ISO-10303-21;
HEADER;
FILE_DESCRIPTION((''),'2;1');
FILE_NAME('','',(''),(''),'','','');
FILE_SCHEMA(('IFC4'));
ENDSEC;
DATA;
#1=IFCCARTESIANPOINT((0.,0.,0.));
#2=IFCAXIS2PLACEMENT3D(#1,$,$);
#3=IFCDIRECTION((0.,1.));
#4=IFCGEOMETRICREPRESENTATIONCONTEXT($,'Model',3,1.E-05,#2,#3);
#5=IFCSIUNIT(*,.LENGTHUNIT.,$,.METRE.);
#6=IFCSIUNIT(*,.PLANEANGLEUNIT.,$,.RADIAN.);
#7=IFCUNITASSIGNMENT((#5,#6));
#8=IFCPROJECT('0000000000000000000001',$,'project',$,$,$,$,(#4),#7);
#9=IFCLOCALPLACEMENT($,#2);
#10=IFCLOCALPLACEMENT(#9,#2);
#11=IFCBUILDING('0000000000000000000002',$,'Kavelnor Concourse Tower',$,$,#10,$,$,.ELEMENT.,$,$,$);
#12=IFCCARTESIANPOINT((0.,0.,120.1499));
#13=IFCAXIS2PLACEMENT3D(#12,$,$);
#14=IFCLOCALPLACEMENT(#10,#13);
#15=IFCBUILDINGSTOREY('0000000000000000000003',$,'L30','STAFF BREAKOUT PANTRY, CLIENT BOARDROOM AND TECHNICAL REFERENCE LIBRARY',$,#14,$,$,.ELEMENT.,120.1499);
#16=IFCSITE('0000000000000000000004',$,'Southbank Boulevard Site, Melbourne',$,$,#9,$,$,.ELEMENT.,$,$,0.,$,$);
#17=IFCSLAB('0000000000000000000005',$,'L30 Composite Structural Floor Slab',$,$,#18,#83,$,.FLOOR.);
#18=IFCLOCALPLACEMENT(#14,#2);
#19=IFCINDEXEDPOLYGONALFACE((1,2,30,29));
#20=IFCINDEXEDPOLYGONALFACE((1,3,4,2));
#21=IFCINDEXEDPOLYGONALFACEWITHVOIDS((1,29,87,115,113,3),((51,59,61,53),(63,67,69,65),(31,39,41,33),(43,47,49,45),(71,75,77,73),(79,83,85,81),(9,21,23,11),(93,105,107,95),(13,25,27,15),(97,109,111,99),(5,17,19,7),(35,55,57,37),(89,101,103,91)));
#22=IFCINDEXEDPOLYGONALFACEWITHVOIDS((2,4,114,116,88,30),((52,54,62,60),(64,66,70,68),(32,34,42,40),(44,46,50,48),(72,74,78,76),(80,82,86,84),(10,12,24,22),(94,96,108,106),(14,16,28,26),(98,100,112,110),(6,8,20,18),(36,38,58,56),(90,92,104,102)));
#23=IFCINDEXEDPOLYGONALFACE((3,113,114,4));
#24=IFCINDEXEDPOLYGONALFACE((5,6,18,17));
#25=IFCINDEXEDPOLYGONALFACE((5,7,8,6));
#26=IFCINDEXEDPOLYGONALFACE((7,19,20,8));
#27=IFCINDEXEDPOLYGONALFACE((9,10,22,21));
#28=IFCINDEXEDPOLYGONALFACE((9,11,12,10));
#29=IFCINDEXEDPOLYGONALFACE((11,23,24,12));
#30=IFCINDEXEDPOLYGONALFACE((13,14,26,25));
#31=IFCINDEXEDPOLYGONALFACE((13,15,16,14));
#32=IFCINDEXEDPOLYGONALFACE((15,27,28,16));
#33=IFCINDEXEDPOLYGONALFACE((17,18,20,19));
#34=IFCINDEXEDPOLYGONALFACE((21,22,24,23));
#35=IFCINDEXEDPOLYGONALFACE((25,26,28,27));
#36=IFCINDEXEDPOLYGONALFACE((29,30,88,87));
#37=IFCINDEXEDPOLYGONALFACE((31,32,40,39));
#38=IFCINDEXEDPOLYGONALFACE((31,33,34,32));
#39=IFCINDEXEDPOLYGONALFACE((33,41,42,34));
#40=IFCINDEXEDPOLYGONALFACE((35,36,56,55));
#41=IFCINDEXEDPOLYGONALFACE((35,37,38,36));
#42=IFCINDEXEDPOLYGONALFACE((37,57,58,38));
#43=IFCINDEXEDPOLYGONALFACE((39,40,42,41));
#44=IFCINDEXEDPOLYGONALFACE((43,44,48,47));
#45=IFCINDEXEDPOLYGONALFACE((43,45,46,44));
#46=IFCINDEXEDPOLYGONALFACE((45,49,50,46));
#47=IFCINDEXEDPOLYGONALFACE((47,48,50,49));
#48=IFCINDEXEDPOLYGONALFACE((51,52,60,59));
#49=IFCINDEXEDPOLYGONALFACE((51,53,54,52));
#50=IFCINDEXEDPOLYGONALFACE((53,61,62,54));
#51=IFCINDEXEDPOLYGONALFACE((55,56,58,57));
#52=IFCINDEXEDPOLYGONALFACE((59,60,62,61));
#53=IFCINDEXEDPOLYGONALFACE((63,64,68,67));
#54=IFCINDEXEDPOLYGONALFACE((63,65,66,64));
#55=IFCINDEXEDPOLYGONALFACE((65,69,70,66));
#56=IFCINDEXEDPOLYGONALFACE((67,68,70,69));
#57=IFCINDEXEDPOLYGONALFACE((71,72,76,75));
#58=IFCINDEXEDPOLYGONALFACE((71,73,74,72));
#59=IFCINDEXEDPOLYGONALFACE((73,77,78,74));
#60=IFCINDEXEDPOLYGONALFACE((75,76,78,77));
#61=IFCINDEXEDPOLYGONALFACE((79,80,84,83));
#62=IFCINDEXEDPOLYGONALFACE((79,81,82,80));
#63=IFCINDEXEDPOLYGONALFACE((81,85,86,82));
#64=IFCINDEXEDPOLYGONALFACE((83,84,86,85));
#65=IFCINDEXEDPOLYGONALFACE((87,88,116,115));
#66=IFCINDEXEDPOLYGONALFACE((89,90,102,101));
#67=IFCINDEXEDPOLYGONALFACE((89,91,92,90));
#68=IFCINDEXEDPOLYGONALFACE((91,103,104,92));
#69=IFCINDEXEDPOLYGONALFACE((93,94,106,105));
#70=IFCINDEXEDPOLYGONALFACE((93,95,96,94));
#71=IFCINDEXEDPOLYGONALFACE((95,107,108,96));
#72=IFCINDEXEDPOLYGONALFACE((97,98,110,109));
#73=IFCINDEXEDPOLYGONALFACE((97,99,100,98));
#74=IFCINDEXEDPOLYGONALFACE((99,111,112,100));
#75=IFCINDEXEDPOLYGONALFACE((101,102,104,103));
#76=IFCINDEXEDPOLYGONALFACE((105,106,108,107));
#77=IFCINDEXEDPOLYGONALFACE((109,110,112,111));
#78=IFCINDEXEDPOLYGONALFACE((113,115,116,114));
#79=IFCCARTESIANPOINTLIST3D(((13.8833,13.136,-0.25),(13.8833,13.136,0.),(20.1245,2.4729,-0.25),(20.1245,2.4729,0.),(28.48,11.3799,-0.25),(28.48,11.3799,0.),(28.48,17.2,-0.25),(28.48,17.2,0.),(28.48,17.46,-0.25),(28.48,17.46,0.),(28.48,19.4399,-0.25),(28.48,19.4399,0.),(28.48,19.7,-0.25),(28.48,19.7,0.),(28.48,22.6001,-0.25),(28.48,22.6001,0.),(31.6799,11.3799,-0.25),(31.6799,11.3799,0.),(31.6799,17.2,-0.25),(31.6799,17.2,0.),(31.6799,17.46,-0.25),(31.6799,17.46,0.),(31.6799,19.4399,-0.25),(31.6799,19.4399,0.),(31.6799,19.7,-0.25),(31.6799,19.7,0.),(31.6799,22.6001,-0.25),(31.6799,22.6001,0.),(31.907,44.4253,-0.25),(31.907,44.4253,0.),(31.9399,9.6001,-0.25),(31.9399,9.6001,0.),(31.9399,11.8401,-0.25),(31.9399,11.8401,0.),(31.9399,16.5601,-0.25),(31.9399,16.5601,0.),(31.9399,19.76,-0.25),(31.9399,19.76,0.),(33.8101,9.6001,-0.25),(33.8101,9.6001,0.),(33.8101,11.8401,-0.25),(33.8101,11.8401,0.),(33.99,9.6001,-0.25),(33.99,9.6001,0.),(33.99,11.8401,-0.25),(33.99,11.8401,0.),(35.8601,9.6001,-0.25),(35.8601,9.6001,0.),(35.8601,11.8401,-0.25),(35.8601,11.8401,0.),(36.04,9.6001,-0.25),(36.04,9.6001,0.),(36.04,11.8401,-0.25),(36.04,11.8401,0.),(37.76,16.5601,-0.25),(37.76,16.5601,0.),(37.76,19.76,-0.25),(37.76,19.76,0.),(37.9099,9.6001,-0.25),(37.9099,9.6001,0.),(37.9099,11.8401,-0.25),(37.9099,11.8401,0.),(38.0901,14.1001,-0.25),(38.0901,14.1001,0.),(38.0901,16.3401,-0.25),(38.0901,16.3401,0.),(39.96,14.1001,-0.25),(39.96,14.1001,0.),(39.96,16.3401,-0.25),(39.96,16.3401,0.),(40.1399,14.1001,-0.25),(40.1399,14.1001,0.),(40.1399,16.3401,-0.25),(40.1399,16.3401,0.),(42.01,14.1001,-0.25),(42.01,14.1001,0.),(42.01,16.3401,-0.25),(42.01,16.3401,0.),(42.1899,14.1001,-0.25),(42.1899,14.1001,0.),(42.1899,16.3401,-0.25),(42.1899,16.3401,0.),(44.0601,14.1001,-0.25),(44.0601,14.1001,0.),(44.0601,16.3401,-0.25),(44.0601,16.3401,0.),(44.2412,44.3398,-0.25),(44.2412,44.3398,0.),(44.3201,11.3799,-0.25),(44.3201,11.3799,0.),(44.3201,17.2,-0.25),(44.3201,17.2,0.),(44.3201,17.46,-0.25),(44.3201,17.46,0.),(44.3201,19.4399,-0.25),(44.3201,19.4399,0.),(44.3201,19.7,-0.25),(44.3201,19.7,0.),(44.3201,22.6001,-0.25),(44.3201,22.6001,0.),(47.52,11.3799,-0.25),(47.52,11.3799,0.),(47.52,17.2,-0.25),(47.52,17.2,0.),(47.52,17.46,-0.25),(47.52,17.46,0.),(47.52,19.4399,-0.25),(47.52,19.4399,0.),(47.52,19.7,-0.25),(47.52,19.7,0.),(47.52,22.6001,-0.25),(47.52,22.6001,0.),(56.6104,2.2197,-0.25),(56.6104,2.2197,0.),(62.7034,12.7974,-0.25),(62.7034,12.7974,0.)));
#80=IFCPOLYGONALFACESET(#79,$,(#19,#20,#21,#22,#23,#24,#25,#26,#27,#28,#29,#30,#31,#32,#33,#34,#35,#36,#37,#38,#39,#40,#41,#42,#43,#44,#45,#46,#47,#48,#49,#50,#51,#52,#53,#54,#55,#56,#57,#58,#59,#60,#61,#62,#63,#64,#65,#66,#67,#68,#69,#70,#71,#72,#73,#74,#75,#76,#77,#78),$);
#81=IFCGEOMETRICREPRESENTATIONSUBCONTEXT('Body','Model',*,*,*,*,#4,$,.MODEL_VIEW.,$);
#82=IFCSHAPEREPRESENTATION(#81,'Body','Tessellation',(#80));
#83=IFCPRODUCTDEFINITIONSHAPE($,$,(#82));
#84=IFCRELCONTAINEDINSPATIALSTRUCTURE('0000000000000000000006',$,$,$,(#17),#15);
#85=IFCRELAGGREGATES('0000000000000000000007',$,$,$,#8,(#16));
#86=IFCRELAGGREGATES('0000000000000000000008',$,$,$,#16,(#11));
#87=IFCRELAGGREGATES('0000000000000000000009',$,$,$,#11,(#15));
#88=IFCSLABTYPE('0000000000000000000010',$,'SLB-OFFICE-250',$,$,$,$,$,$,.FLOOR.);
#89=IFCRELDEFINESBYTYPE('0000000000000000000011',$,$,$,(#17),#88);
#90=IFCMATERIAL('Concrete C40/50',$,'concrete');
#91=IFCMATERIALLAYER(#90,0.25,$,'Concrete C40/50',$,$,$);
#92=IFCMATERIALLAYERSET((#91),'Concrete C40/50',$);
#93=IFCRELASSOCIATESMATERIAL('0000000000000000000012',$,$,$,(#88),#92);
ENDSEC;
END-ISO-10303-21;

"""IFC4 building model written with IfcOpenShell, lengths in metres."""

from ifc_helpers import new_model, si_unit, direction, frame, origin, place, context, subcontext, project, spatial, polyline, outline, extrude, material, layer, layer_set, type_object, element, save


model = new_model("IFC4")

# Units and contexts
model_context = context("Model", 3, precision=1e-05, world=origin(), true_north=direction((0.0, 1.0)))
body_context = subcontext(model_context, "Body", "Model", "MODEL_VIEW")
ifc_project = project(units=[si_unit("LENGTHUNIT", "METRE"), si_unit("PLANEANGLEUNIT", "RADIAN")], contexts=[model_context])

# Site, building, storey
site_placement = place(None, origin())
site = spatial("IfcSite", under=ifc_project, at=site_placement, Name="Southbank Boulevard Site, Melbourne", CompositionType="ELEMENT", RefElevation=0.0)
building_placement = place(site_placement, origin())
building = spatial("IfcBuilding", under=site, at=building_placement, Name="Kavelnor Concourse Tower", CompositionType="ELEMENT")
storey_placement = place(building_placement, frame((0.0, 0.0, 120.1499)))
storey = spatial("IfcBuildingStorey", under=building, at=storey_placement, Name="L30", Description="STAFF BREAKOUT PANTRY, CLIENT BOARDROOM AND TECHNICAL REFERENCE LIBRARY", CompositionType="ELEMENT", Elevation=120.1499)

# Shared definitions
ifc_material_1 = material(Name="Concrete C40/50", Category="concrete")

# Slab
ifc_layer_1 = layer(ifc_material_1, 0.25, Name="Concrete C40/50")
ifc_layer_set_1 = layer_set([ifc_layer_1], Name="Concrete C40/50")
slab_type_1 = type_object("IfcSlabType", Name="SLB-OFFICE-250", PredefinedType="FLOOR", material=ifc_layer_set_1)
slab_1_placement = place(storey_placement, frame((0.0, 0.0, -0.25)))
element("IfcSlab", 1, at=slab_1_placement, inside=storey, type_object=slab_type_1, Name="L30 Composite Structural Floor Slab", PredefinedType="FLOOR", context=body_context, shape_type="SweptSolid", body=[
    extrude(outline(polyline([(44.2412, 44.3398), (31.907, 44.4253), (13.8833, 13.136), (20.1245, 2.4729), (56.6104, 2.2197), (62.7034, 12.7974), (44.2412, 44.3398)]), holes=[polyline([(28.48, 11.3799), (31.6799, 11.3799), (31.6799, 17.2), (28.48, 17.2), (28.48, 11.3799)]), polyline([(44.3201, 11.3799), (47.52, 11.3799), (47.52, 17.2), (44.3201, 17.2), (44.3201, 11.3799)]), polyline([(31.9399, 16.5601), (37.76, 16.5601), (37.76, 19.76), (31.9399, 19.76), (31.9399, 16.5601)]), polyline([(28.48, 19.7), (31.6799, 19.7), (31.6799, 22.6001), (28.48, 22.6001), (28.48, 19.7)]), polyline([(44.3201, 19.7), (47.52, 19.7), (47.52, 22.6001), (44.3201, 22.6001), (44.3201, 19.7)]), polyline([(38.0901, 14.1001), (39.96, 14.1001), (39.96, 16.3401), (38.0901, 16.3401), (38.0901, 14.1001)]), polyline([(40.1399, 14.1001), (42.01, 14.1001), (42.01, 16.3401), (40.1399, 16.3401), (40.1399, 14.1001)]), polyline([(42.1899, 14.1001), (44.0601, 14.1001), (44.0601, 16.3401), (42.1899, 16.3401), (42.1899, 14.1001)]), polyline([(31.9399, 9.6001), (33.8101, 9.6001), (33.8101, 11.8401), (31.9399, 11.8401), (31.9399, 9.6001)]), polyline([(33.99, 9.6001), (35.8601, 9.6001), (35.8601, 11.8401), (33.99, 11.8401), (33.99, 9.6001)]), polyline([(36.04, 9.6001), (37.9099, 9.6001), (37.9099, 11.8401), (36.04, 11.8401), (36.04, 9.6001)]), polyline([(28.48, 17.46), (31.6799, 17.46), (31.6799, 19.4399), (28.48, 19.4399), (28.48, 17.46)]), polyline([(44.3201, 17.46), (47.52, 17.46), (47.52, 19.4399), (44.3201, 19.4399), (44.3201, 17.46)])]), origin(), (0.0, 0.0, 1.0), 0.25),
])

save(model, "model.ifc")
